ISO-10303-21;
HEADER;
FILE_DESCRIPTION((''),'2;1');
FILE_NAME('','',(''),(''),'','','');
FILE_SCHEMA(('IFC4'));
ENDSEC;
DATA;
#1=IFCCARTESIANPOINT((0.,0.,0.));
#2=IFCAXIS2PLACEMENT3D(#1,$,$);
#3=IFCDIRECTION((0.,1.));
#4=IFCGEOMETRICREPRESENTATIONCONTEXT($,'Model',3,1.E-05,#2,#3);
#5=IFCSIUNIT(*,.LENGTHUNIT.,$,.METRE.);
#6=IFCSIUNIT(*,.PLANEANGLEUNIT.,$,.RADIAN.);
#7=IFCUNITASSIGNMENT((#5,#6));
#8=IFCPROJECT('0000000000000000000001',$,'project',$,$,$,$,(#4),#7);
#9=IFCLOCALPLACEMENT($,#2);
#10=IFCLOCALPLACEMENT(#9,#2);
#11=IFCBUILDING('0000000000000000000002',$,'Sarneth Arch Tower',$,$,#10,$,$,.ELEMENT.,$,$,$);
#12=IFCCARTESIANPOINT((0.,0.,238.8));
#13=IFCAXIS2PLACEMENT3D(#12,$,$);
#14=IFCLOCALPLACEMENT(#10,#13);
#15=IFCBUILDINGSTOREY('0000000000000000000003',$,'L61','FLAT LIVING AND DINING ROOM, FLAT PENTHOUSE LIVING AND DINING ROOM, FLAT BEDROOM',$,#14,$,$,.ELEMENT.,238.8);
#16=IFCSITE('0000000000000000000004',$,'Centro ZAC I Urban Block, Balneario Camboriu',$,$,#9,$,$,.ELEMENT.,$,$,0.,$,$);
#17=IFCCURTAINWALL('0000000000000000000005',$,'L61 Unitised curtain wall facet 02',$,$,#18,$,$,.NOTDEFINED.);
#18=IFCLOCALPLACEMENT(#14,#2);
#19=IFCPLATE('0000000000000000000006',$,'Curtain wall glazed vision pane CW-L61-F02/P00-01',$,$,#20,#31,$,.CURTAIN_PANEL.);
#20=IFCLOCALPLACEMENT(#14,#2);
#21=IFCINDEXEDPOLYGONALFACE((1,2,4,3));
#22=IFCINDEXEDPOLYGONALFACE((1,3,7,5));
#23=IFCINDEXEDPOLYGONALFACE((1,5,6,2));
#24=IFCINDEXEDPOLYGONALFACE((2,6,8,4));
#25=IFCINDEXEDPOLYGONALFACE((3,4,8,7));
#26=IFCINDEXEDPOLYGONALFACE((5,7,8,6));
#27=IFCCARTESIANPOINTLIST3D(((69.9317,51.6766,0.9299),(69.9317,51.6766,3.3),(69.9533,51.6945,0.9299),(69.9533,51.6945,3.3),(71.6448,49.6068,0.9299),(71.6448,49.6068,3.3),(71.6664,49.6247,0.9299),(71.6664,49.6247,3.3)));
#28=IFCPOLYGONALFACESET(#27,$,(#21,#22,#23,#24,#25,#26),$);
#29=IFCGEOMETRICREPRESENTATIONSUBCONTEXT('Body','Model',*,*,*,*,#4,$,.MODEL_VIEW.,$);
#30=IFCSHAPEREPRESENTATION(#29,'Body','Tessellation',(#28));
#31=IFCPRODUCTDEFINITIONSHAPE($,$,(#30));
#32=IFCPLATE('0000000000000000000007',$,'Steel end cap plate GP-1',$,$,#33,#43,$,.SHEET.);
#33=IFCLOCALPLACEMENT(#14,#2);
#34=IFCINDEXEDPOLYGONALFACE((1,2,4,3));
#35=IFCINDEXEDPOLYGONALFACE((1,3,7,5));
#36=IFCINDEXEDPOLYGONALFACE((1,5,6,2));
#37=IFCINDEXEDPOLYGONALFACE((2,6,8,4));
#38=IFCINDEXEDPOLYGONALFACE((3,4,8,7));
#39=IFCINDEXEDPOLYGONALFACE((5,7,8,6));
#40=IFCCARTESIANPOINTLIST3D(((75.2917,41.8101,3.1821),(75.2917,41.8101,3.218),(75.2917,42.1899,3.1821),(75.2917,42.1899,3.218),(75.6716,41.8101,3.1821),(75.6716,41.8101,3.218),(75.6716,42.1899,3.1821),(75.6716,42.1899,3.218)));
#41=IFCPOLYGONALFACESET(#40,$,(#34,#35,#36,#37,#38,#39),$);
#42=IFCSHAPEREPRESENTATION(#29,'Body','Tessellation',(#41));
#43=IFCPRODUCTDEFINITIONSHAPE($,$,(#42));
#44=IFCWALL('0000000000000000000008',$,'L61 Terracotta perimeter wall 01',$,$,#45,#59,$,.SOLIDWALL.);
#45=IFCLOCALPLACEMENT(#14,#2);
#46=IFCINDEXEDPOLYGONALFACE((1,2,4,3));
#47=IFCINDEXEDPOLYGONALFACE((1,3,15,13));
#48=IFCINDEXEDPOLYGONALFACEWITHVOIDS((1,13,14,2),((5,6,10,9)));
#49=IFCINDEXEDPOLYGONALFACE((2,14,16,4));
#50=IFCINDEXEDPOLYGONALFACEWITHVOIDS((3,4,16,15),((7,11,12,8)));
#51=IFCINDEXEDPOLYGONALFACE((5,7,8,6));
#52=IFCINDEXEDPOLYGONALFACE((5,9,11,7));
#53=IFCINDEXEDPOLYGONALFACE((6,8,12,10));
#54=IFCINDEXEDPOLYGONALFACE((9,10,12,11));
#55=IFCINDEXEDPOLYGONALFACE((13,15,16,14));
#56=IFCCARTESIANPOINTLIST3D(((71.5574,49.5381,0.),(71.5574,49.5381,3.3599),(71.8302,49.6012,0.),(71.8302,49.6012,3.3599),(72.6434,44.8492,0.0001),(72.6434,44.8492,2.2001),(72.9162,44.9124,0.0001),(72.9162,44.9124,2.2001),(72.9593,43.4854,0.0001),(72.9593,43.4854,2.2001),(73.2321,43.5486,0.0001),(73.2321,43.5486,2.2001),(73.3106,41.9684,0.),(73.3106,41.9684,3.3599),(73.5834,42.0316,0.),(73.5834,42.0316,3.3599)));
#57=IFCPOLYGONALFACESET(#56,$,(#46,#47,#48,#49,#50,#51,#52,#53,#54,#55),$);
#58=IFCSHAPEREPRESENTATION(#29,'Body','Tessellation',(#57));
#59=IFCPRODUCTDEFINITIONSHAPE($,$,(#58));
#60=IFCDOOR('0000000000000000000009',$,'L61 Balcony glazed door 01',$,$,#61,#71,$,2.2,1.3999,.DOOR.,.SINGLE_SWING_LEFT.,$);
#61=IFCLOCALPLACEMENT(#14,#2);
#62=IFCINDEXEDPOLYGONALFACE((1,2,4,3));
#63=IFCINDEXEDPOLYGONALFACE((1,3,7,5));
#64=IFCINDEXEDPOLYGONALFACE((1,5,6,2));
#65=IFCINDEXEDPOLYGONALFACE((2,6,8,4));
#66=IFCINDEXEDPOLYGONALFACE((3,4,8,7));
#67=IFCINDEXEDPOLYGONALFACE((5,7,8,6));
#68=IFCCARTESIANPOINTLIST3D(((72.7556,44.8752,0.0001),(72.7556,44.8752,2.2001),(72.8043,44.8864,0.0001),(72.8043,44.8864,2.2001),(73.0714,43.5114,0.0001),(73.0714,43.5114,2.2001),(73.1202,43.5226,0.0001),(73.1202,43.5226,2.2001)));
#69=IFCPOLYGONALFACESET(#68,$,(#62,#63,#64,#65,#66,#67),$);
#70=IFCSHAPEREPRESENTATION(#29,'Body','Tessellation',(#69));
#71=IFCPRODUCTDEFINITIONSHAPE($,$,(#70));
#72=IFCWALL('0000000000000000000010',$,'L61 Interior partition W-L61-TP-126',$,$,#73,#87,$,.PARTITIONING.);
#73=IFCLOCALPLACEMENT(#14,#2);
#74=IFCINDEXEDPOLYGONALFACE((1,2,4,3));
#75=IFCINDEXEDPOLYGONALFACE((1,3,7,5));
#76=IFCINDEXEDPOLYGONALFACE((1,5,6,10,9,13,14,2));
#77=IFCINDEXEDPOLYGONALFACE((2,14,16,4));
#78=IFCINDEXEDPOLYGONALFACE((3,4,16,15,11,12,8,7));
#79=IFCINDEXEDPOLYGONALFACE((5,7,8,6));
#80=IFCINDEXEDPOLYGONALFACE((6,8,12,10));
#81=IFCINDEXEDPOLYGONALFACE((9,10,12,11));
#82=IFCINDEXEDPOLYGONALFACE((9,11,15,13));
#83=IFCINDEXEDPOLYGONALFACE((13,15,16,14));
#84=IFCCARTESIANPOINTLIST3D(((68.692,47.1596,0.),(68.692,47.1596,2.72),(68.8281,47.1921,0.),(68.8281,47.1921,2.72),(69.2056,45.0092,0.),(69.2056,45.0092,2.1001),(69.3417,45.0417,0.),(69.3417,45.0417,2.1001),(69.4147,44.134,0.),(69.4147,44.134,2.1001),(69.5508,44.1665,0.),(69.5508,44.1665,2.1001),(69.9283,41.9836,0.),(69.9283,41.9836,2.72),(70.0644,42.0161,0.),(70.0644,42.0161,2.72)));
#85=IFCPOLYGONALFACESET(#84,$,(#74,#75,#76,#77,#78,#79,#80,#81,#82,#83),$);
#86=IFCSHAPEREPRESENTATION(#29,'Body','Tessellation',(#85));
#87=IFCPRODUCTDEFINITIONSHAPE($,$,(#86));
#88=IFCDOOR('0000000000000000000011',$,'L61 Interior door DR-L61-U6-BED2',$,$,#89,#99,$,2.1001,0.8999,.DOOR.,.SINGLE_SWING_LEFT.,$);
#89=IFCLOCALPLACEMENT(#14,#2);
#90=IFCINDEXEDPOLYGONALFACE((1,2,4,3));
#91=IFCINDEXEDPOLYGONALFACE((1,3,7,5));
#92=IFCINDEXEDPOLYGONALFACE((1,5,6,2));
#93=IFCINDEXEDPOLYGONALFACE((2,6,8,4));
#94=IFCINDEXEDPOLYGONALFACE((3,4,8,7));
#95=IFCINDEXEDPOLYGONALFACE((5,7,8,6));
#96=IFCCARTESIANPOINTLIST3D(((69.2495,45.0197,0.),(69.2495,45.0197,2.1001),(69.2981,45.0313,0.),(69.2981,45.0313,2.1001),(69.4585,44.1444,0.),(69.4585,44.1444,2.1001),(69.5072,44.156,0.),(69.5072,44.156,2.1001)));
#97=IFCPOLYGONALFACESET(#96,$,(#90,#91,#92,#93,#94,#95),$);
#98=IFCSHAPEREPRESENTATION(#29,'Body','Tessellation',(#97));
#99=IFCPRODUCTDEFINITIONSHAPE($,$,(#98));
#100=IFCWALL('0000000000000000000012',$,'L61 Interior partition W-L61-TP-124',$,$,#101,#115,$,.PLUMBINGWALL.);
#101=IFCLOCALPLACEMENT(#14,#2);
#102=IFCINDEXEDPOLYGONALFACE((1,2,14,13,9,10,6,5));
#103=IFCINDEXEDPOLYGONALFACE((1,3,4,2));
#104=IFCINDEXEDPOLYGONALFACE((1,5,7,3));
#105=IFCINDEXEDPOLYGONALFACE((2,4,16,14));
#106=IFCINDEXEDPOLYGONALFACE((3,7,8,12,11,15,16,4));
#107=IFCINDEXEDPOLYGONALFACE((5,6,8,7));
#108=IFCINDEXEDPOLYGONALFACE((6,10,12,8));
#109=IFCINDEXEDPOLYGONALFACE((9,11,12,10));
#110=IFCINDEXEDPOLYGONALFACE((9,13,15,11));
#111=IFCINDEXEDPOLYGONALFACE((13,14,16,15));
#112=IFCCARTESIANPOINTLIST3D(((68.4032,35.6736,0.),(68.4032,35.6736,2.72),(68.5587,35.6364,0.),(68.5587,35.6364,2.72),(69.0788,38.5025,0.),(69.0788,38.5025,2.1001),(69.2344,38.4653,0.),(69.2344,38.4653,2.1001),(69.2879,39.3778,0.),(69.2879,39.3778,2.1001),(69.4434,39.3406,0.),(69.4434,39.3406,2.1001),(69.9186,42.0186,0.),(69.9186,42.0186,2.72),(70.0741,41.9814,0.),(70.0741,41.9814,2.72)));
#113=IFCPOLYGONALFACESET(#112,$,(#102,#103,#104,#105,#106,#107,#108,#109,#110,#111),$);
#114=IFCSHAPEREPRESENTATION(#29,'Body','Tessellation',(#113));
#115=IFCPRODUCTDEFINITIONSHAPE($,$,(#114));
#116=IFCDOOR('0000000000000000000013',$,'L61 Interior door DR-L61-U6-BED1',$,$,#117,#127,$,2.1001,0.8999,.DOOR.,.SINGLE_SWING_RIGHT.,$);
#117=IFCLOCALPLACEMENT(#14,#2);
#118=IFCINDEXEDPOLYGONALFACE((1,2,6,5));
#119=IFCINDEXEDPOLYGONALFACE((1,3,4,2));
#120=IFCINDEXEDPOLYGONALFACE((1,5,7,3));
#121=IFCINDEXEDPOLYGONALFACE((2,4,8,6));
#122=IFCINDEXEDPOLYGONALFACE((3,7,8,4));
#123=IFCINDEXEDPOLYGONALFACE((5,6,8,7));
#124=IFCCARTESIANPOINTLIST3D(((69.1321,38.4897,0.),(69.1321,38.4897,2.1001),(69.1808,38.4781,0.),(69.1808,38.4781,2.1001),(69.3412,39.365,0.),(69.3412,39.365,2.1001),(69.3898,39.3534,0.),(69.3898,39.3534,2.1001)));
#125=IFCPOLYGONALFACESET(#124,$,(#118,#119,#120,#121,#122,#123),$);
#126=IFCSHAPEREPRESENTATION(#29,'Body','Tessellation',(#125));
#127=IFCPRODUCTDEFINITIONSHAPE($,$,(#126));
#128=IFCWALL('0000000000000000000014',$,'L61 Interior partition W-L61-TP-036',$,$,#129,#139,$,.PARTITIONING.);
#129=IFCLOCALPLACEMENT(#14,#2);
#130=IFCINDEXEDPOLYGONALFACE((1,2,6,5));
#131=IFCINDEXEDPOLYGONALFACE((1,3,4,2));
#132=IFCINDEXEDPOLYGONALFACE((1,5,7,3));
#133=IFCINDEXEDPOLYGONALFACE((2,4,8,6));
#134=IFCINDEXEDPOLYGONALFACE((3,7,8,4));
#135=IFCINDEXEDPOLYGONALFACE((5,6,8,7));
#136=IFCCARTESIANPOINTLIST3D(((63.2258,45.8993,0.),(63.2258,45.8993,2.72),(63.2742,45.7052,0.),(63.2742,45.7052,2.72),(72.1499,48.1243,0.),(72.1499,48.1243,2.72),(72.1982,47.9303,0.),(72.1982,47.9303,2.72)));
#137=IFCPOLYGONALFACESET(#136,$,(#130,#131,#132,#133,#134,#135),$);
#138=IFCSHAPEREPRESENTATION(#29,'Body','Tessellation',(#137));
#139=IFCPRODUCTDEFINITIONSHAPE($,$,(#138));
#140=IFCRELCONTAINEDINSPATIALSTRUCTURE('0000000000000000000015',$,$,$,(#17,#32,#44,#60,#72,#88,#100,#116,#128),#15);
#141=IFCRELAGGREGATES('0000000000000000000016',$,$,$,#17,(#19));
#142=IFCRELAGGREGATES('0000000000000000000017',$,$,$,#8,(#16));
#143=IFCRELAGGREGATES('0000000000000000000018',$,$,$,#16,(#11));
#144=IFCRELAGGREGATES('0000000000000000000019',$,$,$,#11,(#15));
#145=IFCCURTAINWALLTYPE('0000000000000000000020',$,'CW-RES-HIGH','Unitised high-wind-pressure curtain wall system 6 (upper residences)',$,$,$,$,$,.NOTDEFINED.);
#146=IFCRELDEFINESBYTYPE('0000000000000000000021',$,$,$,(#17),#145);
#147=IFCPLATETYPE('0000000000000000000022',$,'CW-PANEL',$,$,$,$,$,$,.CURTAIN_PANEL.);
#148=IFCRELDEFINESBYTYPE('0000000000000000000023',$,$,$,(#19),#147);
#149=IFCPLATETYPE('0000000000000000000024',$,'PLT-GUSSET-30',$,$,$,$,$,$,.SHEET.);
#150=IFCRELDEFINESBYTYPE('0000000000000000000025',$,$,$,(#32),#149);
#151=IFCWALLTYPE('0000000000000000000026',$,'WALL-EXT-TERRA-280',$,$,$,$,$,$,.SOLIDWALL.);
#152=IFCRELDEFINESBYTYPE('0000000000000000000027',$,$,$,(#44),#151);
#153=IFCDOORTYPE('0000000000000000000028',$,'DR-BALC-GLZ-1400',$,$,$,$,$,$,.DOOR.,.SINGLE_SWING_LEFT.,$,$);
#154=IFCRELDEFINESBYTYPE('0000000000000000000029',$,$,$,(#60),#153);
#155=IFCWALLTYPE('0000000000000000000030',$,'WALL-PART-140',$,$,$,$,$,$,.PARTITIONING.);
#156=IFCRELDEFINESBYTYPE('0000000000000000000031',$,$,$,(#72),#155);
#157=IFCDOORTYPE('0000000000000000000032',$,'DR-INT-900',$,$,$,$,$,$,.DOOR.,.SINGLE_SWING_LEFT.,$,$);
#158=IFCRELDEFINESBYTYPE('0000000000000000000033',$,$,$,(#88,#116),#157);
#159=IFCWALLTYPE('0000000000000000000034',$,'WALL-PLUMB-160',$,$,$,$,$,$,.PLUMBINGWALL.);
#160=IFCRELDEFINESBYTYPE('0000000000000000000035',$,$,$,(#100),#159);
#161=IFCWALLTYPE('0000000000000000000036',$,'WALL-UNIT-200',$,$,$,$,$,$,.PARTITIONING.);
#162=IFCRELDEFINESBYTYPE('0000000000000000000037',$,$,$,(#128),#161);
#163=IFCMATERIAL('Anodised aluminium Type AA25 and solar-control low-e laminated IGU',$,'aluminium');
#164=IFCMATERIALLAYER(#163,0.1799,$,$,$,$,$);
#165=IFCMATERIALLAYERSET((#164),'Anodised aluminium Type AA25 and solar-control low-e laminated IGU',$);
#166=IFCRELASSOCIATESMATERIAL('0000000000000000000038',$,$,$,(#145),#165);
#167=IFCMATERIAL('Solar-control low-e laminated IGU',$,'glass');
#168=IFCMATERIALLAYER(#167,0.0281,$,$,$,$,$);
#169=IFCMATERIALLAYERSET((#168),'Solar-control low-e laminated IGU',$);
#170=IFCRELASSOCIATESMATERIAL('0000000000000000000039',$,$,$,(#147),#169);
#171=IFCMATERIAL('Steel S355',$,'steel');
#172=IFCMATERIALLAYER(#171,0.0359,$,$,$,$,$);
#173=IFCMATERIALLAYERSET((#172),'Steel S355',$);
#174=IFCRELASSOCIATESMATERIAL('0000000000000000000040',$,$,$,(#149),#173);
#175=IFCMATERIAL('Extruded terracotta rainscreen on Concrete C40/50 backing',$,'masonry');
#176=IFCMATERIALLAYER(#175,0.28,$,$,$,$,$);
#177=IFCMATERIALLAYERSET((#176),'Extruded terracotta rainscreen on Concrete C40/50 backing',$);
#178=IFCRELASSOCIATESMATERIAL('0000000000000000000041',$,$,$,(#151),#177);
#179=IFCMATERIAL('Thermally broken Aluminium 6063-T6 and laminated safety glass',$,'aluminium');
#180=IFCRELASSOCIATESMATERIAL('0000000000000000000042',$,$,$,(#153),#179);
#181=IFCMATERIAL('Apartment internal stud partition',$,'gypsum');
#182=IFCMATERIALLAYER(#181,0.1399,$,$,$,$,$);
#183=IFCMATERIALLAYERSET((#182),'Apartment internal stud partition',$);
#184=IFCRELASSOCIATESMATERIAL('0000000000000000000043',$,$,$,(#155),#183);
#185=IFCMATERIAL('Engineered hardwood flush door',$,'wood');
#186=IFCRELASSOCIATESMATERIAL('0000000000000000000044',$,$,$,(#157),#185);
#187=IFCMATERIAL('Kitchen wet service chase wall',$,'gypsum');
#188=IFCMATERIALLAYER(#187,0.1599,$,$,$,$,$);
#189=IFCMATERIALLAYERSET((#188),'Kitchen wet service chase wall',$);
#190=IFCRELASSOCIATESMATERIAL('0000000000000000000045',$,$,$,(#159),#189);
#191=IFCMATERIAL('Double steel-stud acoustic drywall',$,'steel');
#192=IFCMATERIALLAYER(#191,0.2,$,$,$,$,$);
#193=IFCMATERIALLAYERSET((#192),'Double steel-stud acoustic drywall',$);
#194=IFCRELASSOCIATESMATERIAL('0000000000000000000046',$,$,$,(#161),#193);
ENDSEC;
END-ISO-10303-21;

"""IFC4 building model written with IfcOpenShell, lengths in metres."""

from ifc_helpers import new_model, si_unit, direction, frame, frame_2d, origin, origin_2d, place, context, subcontext, project, spatial, rectangle, extrude, material, layer, layer_set, type_object, element, fill, aggregate, save


model = new_model("IFC4")

# Units and contexts
model_context = context("Model", 3, precision=1e-05, world=origin(), true_north=direction((0.0, 1.0)))
body_context = subcontext(model_context, "Body", "Model", "MODEL_VIEW")
ifc_project = project(units=[si_unit("LENGTHUNIT", "METRE"), si_unit("PLANEANGLEUNIT", "RADIAN")], contexts=[model_context])

# Site, building, storey
site_placement = place(None, origin())
site = spatial("IfcSite", under=ifc_project, at=site_placement, Name="Centro ZAC I Urban Block, Balneario Camboriu", CompositionType="ELEMENT", RefElevation=0.0)
building_placement = place(site_placement, origin())
building = spatial("IfcBuilding", under=site, at=building_placement, Name="Sarneth Arch Tower", CompositionType="ELEMENT")
storey_placement = place(building_placement, frame((0.0, 0.0, 238.8)))
storey = spatial("IfcBuildingStorey", under=building, at=storey_placement, Name="L61", Description="FLAT LIVING AND DINING ROOM, FLAT PENTHOUSE LIVING AND DINING ROOM, FLAT BEDROOM", CompositionType="ELEMENT", Elevation=238.8)

# Curtain wall
ifc_material_1 = material(Name="Anodised aluminium Type AA25 and solar-control low-e laminated IGU", Category="aluminium")
ifc_layer_1 = layer(ifc_material_1, 0.1799)
ifc_layer_set_1 = layer_set([ifc_layer_1], Name="Anodised aluminium Type AA25 and solar-control low-e laminated IGU")
curtain_wall_type = type_object("IfcCurtainWallType", Name="CW-RES-HIGH", Description="Unitised high-wind-pressure curtain wall system 6 (upper residences)", PredefinedType="NOTDEFINED", material=ifc_layer_set_1)
curtain_wall_placement = place(storey_placement, origin())
curtain_wall = element("IfcCurtainWall", 1, at=curtain_wall_placement, inside=storey, type_object=curtain_wall_type, Name="L61 Unitised curtain wall facet 02", PredefinedType="NOTDEFINED")

# Plates
ifc_material_2 = material(Name="Solar-control low-e laminated IGU", Category="glass")
ifc_layer_2 = layer(ifc_material_2, 0.0281)
ifc_layer_set_2 = layer_set([ifc_layer_2], Name="Solar-control low-e laminated IGU")
plate_type_1 = type_object("IfcPlateType", Name="CW-PANEL", PredefinedType="CURTAIN_PANEL", material=ifc_layer_set_2)
plate_1_placement = place(storey_placement, frame((70.7991, 50.6506, 0.9299), z_axis=(0.0, 0.0, 1.0), x_axis=(-0.63761, 0.770359, 0.0)))
plate_1 = element("IfcPlate", 2, at=plate_1_placement, type_object=plate_type_1, Name="Curtain wall glazed vision pane CW-L61-F02/P00-01", PredefinedType="CURTAIN_PANEL", context=body_context, shape_type="SweptSolid", body=[
    extrude(rectangle(XDim=2.6868, YDim=0.0281, at=origin_2d()), origin(), (0.0, 0.0, 1.0), 2.3701),
])
aggregate(curtain_wall, [plate_1])
ifc_material_3 = material(Name="Steel S355", Category="steel")
ifc_layer_3 = layer(ifc_material_3, 0.0359)
ifc_layer_set_3 = layer_set([ifc_layer_3], Name="Steel S355")
plate_type_2 = type_object("IfcPlateType", Name="PLT-GUSSET-30", PredefinedType="SHEET", material=ifc_layer_set_3)
plate_2_placement = place(storey_placement, frame((75.4817, 42.0, 3.1821), z_axis=(0.0, 0.0, 1.0), x_axis=(1.0, 0.0, 0.0)))
element("IfcPlate", 3, at=plate_2_placement, inside=storey, type_object=plate_type_2, Name="Steel end cap plate GP-1", PredefinedType="SHEET", context=body_context, shape_type="SweptSolid", body=[
    extrude(rectangle(XDim=0.3799, YDim=0.3799, at=origin_2d()), origin(), (0.0, 0.0, 1.0), 0.0359),
])

# Walls, openings, doors
ifc_material_4 = material(Name="Extruded terracotta rainscreen on Concrete C40/50 backing", Category="masonry")
ifc_layer_4 = layer(ifc_material_4, 0.28)
ifc_layer_set_4 = layer_set([ifc_layer_4], Name="Extruded terracotta rainscreen on Concrete C40/50 backing")
wall_type_1 = type_object("IfcWallType", Name="WALL-EXT-TERRA-280", PredefinedType="SOLIDWALL", material=ifc_layer_set_4)
wall_1_placement = place(storey_placement, frame((73.447, 42.0, 0.0), z_axis=(0.0, 0.0, 1.0), x_axis=(-0.225635, 0.974212, 0.0)))
wall_1 = element("IfcWall", 4, at=wall_1_placement, inside=storey, type_object=wall_type_1, Name="L61 Terracotta perimeter wall 01", PredefinedType="SOLIDWALL", context=body_context, shape_type="SweptSolid", body=[
    extrude(rectangle(XDim=7.77, YDim=0.28, at=frame_2d((3.885, 0.0))), origin(), (0.0, 0.0, 1.0), 3.3599),
])
opening_1_placement = place(wall_1_placement, frame((1.5571, 0.0, 0.0)))
opening_1 = element("IfcOpeningElement", 5, at=opening_1_placement, cuts=wall_1, PredefinedType="OPENING", context=body_context, shape_type="SweptSolid", body=[
    extrude(rectangle(XDim=1.3999, YDim=2.2, at=frame_2d((0.7, 1.1001))), frame((0.0, 0.1499, 0.0), z_axis=(0.0, -1.0, 0.0), x_axis=(1.0, 0.0, 0.0)), (0.0, 0.0, 1.0), 0.3),
])
ifc_material_5 = material(Name="Thermally broken Aluminium 6063-T6 and laminated safety glass", Category="aluminium")
door_type_1 = type_object("IfcDoorType", Name="DR-BALC-GLZ-1400", OperationType="SINGLE_SWING_LEFT", PredefinedType="DOOR", material=ifc_material_5)
door_1_placement = place(opening_1_placement, origin())
door_1 = element("IfcDoor", 6, at=door_1_placement, inside=storey, type_object=door_type_1, Name="L61 Balcony glazed door 01", OperationType="SINGLE_SWING_LEFT", OverallHeight=2.2, OverallWidth=1.3999, PredefinedType="DOOR", context=body_context, shape_type="SweptSolid", body=[
    extrude(rectangle(XDim=1.3999, YDim=2.2, at=frame_2d((0.7, 1.1001))), frame((0.0, 0.0249, 0.0), z_axis=(0.0, -1.0, 0.0), x_axis=(1.0, 0.0, 0.0)), (0.0, 0.0, 1.0), 0.05),
])
fill(opening_1, door_1)
ifc_material_6 = material(Name="Apartment internal stud partition", Category="gypsum")
ifc_layer_5 = layer(ifc_material_6, 0.1399)
ifc_layer_set_5 = layer_set([ifc_layer_5], Name="Apartment internal stud partition")
wall_type_2 = type_object("IfcWallType", Name="WALL-PART-140", PredefinedType="PARTITIONING", material=ifc_layer_set_5)
wall_2_placement = place(storey_placement, frame((69.9963, 42.0, 0.0), z_axis=(0.0, 0.0, 1.0), x_axis=(-0.232321, 0.972639, 0.0)))
wall_2 = element("IfcWall", 7, at=wall_2_placement, inside=storey, type_object=wall_type_2, Name="L61 Interior partition W-L61-TP-126", PredefinedType="PARTITIONING", context=body_context, shape_type="SweptSolid", body=[
    extrude(rectangle(XDim=5.3215, YDim=0.1399, at=frame_2d((2.6606, 0.0))), origin(), (0.0, 0.0, 1.0), 2.72),
])
opening_2_placement = place(wall_2_placement, frame((2.2107, 0.0, 0.0)))
opening_2 = element("IfcOpeningElement", 8, at=opening_2_placement, cuts=wall_2, PredefinedType="OPENING", context=body_context, shape_type="SweptSolid", body=[
    extrude(rectangle(XDim=0.8999, YDim=2.1001, at=frame_2d((0.45, 1.05))), frame((0.0, 0.0798, 0.0), z_axis=(0.0, -1.0, 0.0), x_axis=(1.0, 0.0, 0.0)), (0.0, 0.0, 1.0), 0.1599),
])
ifc_material_7 = material(Name="Engineered hardwood flush door", Category="wood")
door_type_2 = type_object("IfcDoorType", Name="DR-INT-900", OperationType="SINGLE_SWING_LEFT", PredefinedType="DOOR", material=ifc_material_7)
door_2_placement = place(opening_2_placement, origin())
door_2 = element("IfcDoor", 9, at=door_2_placement, inside=storey, type_object=door_type_2, Name="L61 Interior door DR-L61-U6-BED2", OperationType="SINGLE_SWING_LEFT", OverallHeight=2.1001, OverallWidth=0.8999, PredefinedType="DOOR", context=body_context, shape_type="SweptSolid", body=[
    extrude(rectangle(XDim=0.8999, YDim=2.1001, at=frame_2d((0.45, 1.05))), frame((0.0, 0.0249, 0.0), z_axis=(0.0, -1.0, 0.0), x_axis=(1.0, 0.0, 0.0)), (0.0, 0.0, 1.0), 0.05),
])
fill(opening_2, door_2)
ifc_material_8 = material(Name="Kitchen wet service chase wall", Category="gypsum")
ifc_layer_6 = layer(ifc_material_8, 0.1599)
ifc_layer_set_6 = layer_set([ifc_layer_6], Name="Kitchen wet service chase wall")
wall_type_3 = type_object("IfcWallType", Name="WALL-PLUMB-160", PredefinedType="PLUMBINGWALL", material=ifc_layer_set_6)
wall_3_placement = place(storey_placement, frame((69.9963, 42.0, 0.0), z_axis=(0.0, 0.0, 1.0), x_axis=(-0.232298, -0.972645, 0.0)))
wall_3 = element("IfcWall", 10, at=wall_3_placement, inside=storey, type_object=wall_type_3, Name="L61 Interior partition W-L61-TP-124", PredefinedType="PLUMBINGWALL", context=body_context, shape_type="SweptSolid", body=[
    extrude(rectangle(XDim=6.5234, YDim=0.1599, at=frame_2d((3.2617, 0.0))), origin(), (0.0, 0.0, 1.0), 2.72),
])
opening_3_placement = place(wall_3_placement, frame((2.7151, 0.0, 0.0)))
opening_3 = element("IfcOpeningElement", 11, at=opening_3_placement, cuts=wall_3, PredefinedType="OPENING", context=body_context, shape_type="SweptSolid", body=[
    extrude(rectangle(XDim=0.8999, YDim=2.1001, at=frame_2d((0.45, 1.05))), frame((0.0, 0.0898, 0.0), z_axis=(0.0, -1.0, 0.0), x_axis=(1.0, 0.0, 0.0)), (0.0, 0.0, 1.0), 0.1799),
])
door_3_placement = place(opening_3_placement, origin())
door_3 = element("IfcDoor", 12, at=door_3_placement, inside=storey, type_object=door_type_2, Name="L61 Interior door DR-L61-U6-BED1", OperationType="SINGLE_SWING_RIGHT", OverallHeight=2.1001, OverallWidth=0.8999, PredefinedType="DOOR", context=body_context, shape_type="SweptSolid", body=[
    extrude(rectangle(XDim=0.8999, YDim=2.1001, at=frame_2d((0.45, 1.05))), frame((0.0, 0.0249, 0.0), z_axis=(0.0, -1.0, 0.0), x_axis=(1.0, 0.0, 0.0)), (0.0, 0.0, 1.0), 0.05),
])
fill(opening_3, door_3)

# Wall
ifc_material_9 = material(Name="Double steel-stud acoustic drywall", Category="steel")
ifc_layer_7 = layer(ifc_material_9, 0.2)
ifc_layer_set_7 = layer_set([ifc_layer_7], Name="Double steel-stud acoustic drywall")
wall_type_4 = type_object("IfcWallType", Name="WALL-UNIT-200", PredefinedType="PARTITIONING", material=ifc_layer_set_7)
wall_4_placement = place(storey_placement, frame((63.25, 45.8022, 0.0), z_axis=(0.0, 0.0, 1.0), x_axis=(0.970294, 0.24193, 0.0)))
element("IfcWall", 13, at=wall_4_placement, inside=storey, type_object=wall_type_4, Name="L61 Interior partition W-L61-TP-036", PredefinedType="PARTITIONING", context=body_context, shape_type="SweptSolid", body=[
    extrude(rectangle(XDim=9.1973, YDim=0.2, at=frame_2d((4.5986, 0.0))), origin(), (0.0, 0.0, 1.0), 2.72),
])

save(model, "model.ifc")
